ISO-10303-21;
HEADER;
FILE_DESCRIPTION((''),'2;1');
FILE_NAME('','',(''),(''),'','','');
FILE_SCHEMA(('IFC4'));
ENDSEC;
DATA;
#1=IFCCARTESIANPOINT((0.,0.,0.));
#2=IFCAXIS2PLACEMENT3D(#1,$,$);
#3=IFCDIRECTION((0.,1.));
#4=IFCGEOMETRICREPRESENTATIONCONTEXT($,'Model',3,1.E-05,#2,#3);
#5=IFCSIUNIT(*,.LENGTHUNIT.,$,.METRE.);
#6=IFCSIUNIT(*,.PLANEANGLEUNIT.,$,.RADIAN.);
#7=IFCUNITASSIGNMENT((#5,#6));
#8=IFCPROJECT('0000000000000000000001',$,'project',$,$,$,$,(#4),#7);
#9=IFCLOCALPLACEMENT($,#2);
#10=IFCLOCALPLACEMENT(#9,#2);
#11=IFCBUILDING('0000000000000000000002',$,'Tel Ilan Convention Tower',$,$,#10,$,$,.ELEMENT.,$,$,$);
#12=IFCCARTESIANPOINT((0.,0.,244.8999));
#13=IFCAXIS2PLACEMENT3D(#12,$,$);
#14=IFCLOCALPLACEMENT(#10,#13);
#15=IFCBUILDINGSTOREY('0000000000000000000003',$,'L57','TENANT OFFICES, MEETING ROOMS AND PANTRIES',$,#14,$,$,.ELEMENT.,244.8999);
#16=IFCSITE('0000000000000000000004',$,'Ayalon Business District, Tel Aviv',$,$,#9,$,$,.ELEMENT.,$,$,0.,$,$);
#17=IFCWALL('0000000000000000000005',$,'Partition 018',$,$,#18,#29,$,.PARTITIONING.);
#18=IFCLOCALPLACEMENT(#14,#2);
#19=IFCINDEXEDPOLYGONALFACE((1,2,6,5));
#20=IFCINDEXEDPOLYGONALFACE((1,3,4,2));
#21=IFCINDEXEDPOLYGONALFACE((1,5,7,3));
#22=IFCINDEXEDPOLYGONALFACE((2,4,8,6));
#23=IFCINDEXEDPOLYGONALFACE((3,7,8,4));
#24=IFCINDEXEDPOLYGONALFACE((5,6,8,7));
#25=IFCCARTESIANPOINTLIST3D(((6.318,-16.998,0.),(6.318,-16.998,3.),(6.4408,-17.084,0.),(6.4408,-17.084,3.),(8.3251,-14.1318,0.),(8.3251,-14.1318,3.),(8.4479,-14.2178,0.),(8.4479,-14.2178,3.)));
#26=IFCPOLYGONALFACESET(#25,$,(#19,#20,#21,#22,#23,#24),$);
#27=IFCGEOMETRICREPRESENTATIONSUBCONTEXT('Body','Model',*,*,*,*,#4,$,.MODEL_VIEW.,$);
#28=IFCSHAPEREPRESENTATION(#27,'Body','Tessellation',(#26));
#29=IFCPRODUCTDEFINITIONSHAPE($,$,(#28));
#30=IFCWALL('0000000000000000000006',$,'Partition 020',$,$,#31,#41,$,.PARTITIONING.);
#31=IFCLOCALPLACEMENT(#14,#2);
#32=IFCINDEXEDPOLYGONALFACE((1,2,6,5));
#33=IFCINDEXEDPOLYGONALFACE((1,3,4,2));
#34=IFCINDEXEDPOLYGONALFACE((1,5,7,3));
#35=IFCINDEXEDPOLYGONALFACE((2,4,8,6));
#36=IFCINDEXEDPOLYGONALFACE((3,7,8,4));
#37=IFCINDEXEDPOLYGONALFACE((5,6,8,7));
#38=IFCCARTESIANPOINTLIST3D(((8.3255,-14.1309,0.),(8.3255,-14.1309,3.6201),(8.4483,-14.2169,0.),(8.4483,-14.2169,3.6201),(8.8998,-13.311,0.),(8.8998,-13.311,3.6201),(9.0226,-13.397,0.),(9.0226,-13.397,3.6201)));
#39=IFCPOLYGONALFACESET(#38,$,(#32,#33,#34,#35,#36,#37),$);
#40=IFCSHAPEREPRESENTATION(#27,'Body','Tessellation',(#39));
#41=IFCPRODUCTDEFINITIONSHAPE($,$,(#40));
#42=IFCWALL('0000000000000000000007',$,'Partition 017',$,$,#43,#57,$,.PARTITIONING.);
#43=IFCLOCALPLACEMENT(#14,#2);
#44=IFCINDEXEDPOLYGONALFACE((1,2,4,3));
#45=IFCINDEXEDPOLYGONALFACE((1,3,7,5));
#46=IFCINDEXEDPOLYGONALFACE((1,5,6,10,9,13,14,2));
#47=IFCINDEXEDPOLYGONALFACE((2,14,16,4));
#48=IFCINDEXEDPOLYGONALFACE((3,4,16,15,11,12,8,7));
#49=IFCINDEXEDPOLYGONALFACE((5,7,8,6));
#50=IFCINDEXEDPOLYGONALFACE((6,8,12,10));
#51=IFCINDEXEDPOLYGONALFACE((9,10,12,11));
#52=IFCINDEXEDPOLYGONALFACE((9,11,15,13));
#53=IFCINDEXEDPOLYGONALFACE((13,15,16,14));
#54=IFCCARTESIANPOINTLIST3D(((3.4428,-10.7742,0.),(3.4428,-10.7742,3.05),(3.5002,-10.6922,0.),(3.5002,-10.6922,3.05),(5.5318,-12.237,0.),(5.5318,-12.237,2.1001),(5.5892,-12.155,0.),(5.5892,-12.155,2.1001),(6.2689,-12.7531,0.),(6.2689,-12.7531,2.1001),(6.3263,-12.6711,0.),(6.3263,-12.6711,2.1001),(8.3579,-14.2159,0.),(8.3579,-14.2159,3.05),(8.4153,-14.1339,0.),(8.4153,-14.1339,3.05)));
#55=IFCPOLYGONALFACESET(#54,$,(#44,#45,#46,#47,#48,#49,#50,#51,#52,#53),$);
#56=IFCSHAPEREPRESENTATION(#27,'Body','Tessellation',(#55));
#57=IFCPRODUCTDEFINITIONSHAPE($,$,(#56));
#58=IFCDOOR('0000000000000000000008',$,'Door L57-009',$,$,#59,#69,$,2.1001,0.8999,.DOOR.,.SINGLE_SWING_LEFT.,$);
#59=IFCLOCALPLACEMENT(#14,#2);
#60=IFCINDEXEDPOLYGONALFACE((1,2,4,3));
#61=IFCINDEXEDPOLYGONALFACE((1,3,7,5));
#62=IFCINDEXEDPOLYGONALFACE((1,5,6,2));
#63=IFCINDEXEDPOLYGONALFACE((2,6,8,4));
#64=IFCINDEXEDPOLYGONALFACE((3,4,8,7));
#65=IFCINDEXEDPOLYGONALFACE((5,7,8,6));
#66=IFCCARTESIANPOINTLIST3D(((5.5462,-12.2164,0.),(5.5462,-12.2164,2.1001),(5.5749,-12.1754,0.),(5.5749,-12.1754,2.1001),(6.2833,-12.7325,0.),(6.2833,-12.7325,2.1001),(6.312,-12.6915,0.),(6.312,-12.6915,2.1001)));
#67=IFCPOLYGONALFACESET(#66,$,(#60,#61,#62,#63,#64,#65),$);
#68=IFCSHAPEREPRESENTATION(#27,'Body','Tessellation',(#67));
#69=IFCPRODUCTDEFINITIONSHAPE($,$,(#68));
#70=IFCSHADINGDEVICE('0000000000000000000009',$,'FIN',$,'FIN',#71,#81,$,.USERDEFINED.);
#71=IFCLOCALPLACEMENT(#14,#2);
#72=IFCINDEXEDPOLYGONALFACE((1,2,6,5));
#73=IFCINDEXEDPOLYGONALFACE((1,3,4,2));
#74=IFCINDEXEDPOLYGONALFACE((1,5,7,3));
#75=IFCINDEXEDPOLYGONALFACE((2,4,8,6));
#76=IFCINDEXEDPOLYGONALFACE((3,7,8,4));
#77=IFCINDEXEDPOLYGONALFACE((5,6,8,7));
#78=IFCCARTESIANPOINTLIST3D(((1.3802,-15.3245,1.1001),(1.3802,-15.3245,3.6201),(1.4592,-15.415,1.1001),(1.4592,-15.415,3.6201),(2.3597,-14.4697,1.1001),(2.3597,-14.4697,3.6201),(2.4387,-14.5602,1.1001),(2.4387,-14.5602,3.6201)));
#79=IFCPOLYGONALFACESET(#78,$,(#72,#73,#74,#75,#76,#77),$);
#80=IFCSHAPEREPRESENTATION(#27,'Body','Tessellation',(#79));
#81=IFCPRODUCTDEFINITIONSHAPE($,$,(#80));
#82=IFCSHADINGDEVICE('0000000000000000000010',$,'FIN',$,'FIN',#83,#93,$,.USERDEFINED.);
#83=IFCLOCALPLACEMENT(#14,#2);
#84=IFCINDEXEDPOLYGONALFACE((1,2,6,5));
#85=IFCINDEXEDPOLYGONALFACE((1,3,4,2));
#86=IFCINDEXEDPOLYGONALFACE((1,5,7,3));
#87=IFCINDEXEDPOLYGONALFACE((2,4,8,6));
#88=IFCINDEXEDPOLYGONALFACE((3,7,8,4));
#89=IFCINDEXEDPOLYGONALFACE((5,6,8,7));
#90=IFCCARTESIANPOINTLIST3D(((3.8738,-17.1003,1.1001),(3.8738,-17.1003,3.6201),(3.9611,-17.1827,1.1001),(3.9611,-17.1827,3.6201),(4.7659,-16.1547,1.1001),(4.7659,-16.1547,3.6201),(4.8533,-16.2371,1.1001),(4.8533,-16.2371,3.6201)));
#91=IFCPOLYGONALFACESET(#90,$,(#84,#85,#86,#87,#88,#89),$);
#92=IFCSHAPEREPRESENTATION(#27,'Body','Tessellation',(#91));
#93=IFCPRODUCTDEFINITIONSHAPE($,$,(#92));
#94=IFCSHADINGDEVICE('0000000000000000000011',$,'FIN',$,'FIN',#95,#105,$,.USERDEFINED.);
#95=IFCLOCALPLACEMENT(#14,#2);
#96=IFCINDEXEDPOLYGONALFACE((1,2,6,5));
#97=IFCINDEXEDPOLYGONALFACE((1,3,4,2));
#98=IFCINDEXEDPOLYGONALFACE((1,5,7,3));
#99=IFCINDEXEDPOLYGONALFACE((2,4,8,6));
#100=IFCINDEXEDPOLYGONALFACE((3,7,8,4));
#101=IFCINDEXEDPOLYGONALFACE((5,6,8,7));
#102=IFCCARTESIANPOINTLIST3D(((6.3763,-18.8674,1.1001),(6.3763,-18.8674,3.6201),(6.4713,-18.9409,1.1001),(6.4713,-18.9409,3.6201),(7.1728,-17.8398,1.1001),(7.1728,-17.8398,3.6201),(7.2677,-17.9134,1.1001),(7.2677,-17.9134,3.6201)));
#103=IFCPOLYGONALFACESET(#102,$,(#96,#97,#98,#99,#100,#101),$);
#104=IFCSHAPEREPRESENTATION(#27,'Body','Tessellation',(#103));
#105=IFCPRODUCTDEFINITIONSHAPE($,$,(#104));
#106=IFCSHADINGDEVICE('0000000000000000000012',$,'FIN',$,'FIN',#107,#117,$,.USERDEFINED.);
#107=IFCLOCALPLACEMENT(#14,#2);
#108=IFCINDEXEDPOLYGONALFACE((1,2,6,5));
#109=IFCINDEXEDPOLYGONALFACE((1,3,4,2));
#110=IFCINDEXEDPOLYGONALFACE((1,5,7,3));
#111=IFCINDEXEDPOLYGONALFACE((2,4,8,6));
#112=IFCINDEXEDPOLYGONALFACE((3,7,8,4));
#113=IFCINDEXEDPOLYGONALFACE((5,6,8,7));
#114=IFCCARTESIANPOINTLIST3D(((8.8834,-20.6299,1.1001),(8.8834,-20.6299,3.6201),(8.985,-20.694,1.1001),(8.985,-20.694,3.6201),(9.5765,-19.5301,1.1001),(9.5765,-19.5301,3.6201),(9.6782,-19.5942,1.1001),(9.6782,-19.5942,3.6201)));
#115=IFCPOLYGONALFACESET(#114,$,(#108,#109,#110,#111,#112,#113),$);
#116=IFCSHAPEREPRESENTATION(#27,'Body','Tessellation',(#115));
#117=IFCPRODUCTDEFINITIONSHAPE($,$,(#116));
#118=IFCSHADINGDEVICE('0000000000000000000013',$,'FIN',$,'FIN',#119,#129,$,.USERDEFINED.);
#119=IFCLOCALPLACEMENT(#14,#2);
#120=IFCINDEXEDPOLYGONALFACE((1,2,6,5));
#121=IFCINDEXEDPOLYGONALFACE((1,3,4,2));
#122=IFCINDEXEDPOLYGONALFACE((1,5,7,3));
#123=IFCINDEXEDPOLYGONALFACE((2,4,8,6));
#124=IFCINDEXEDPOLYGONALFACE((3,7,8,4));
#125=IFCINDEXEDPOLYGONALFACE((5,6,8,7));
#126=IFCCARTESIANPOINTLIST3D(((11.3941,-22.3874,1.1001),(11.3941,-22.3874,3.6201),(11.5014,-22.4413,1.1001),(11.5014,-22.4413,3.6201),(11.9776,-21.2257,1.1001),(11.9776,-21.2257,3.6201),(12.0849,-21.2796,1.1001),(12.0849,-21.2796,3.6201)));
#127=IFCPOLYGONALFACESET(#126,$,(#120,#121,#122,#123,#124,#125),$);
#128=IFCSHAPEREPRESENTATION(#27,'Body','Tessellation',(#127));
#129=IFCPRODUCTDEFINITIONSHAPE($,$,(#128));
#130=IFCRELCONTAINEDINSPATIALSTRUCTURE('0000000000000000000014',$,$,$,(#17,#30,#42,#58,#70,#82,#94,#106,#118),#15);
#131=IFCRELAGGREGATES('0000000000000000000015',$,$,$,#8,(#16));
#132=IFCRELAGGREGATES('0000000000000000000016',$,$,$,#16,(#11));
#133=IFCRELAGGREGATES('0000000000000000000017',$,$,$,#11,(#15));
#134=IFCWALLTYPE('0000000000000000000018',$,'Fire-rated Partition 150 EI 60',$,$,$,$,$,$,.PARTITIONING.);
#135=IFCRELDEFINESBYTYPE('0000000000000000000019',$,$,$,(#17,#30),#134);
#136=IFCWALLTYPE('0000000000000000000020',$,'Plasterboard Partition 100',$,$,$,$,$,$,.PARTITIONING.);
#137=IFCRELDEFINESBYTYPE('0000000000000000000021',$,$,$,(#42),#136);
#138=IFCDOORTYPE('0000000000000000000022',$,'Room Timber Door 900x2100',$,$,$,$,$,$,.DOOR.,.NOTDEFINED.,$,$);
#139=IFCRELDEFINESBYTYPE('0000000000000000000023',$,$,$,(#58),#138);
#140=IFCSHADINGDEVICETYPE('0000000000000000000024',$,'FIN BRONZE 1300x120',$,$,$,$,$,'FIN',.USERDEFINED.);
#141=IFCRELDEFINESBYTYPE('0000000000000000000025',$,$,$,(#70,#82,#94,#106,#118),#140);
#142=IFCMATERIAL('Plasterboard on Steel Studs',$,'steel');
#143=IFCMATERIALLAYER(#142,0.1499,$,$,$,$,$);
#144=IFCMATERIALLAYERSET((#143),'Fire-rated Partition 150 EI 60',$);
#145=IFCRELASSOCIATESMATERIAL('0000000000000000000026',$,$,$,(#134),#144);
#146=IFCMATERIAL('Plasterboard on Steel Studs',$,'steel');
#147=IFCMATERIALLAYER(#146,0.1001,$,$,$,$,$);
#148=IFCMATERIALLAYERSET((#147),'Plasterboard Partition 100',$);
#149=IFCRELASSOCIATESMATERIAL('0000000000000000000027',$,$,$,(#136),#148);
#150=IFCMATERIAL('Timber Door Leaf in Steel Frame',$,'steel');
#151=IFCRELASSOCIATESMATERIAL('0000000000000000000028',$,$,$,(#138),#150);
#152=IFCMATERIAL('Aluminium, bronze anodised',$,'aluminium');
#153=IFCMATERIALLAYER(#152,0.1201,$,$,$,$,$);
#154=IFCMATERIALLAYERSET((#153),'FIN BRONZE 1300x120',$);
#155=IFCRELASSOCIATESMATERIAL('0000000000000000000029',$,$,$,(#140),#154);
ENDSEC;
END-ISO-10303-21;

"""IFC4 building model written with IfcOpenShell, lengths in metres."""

from ifc_helpers import new_model, si_unit, direction, frame, frame_2d, origin, origin_2d, place, context, subcontext, project, spatial, rectangle, extrude, material, layer, layer_set, type_object, element, fill, save


model = new_model("IFC4")

# Units and contexts
model_context = context("Model", 3, precision=1e-05, world=origin(), true_north=direction((0.0, 1.0)))
body_context = subcontext(model_context, "Body", "Model", "MODEL_VIEW")
ifc_project = project(units=[si_unit("LENGTHUNIT", "METRE"), si_unit("PLANEANGLEUNIT", "RADIAN")], contexts=[model_context])

# Site, building, storey
site_placement = place(None, origin())
site = spatial("IfcSite", under=ifc_project, at=site_placement, Name="Ayalon Business District, Tel Aviv", CompositionType="ELEMENT", RefElevation=0.0)
building_placement = place(site_placement, origin())
building = spatial("IfcBuilding", under=site, at=building_placement, Name="Tel Ilan Convention Tower", CompositionType="ELEMENT")
storey_placement = place(building_placement, frame((0.0, 0.0, 244.8999)))
storey = spatial("IfcBuildingStorey", under=building, at=storey_placement, Name="L57", Description="TENANT OFFICES, MEETING ROOMS AND PANTRIES", CompositionType="ELEMENT", Elevation=244.8999)

# Walls
ifc_material_1 = material(Name="Plasterboard on Steel Studs", Category="steel")
ifc_layer_1 = layer(ifc_material_1, 0.1499)
ifc_layer_set_1 = layer_set([ifc_layer_1], Name="Fire-rated Partition 150 EI 60")
wall_type_1 = type_object("IfcWallType", Name="Fire-rated Partition 150 EI 60", PredefinedType="PARTITIONING", material=ifc_layer_set_1)
wall_1_placement = place(storey_placement, frame((8.3865, -14.1748, 0.0), z_axis=(0.0, 0.0, 1.0), x_axis=(-0.573603, -0.819134, 0.0)))
element("IfcWall", 1, at=wall_1_placement, inside=storey, type_object=wall_type_1, Name="Partition 018", PredefinedType="PARTITIONING", context=body_context, shape_type="SweptSolid", body=[
    extrude(rectangle(XDim=3.499, YDim=0.1499, at=frame_2d((1.7495, 0.0))), origin(), (0.0, 0.0, 1.0), 3.0),
])
wall_2_placement = place(storey_placement, frame((8.9612, -13.354, 0.0), z_axis=(0.0, 0.0, 1.0), x_axis=(-0.573692, -0.819071, 0.0)))
element("IfcWall", 2, at=wall_2_placement, inside=storey, type_object=wall_type_1, Name="Partition 020", PredefinedType="PARTITIONING", context=body_context, shape_type="SweptSolid", body=[
    extrude(rectangle(XDim=1.001, YDim=0.1499, at=frame_2d((0.5005, 0.0))), origin(), (0.0, 0.0, 1.0), 3.6201),
])

# Wall, opening, door
ifc_material_2 = material(Name="Plasterboard on Steel Studs", Category="steel")
ifc_layer_2 = layer(ifc_material_2, 0.1001)
ifc_layer_set_2 = layer_set([ifc_layer_2], Name="Plasterboard Partition 100")
wall_type_2 = type_object("IfcWallType", Name="Plasterboard Partition 100", PredefinedType="PARTITIONING", material=ifc_layer_set_2)
wall_3_placement = place(storey_placement, frame((8.3865, -14.1748, 0.0), z_axis=(0.0, 0.0, 1.0), x_axis=(-0.819144, 0.573588, 0.0)))
wall_3 = element("IfcWall", 3, at=wall_3_placement, inside=storey, type_object=wall_type_2, Name="Partition 017", PredefinedType="PARTITIONING", context=body_context, shape_type="SweptSolid", body=[
    extrude(rectangle(XDim=6.0002, YDim=0.1001, at=frame_2d((3.0, 0.0))), origin(), (0.0, 0.0, 1.0), 3.05),
])
opening_placement = place(wall_3_placement, frame((2.55, 0.0, 0.0)))
opening = element("IfcOpeningElement", 4, at=opening_placement, cuts=wall_3, PredefinedType="OPENING", context=body_context, shape_type="SweptSolid", body=[
    extrude(rectangle(XDim=0.8999, YDim=2.1001, at=frame_2d((0.45, 1.05))), frame((0.0, 0.0601, 0.0), z_axis=(0.0, -1.0, 0.0), x_axis=(1.0, 0.0, 0.0)), (0.0, 0.0, 1.0), 0.1201),
])
ifc_material_3 = material(Name="Timber Door Leaf in Steel Frame", Category="steel")
door_type = type_object("IfcDoorType", Name="Room Timber Door 900x2100", OperationType="NOTDEFINED", PredefinedType="DOOR", material=ifc_material_3)
door_placement = place(opening_placement, origin())
door = element("IfcDoor", 5, at=door_placement, inside=storey, type_object=door_type, Name="Door L57-009", OperationType="SINGLE_SWING_LEFT", OverallHeight=2.1001, OverallWidth=0.8999, PredefinedType="DOOR", context=body_context, shape_type="SweptSolid", body=[
    extrude(rectangle(XDim=0.8999, YDim=2.1001, at=frame_2d((0.45, 1.05))), frame((0.0, 0.0249, 0.0), z_axis=(0.0, -1.0, 0.0), x_axis=(1.0, 0.0, 0.0)), (0.0, 0.0, 1.0), 0.05),
])
fill(opening, door)

# Shading devices
ifc_material_4 = material(Name="Aluminium, bronze anodised", Category="aluminium")
ifc_layer_3 = layer(ifc_material_4, 0.1201)
ifc_layer_set_3 = layer_set([ifc_layer_3], Name="FIN BRONZE 1300x120")
shading_device_type = type_object("IfcShadingDeviceType", Name="FIN BRONZE 1300x120", ElementType="FIN", PredefinedType="USERDEFINED", material=ifc_layer_set_3)
for number, where, z_axis, x_axis, name in (
    (6, (1.9094, -14.9424, 1.1001), (0.0, 0.0, 1.0), (-0.753436, -0.657521, 0.0), "FIN"),
    (7, (4.3635, -16.6687, 1.1001), (0.0, 0.0, 1.0), (-0.686242, -0.727374, 0.0), "FIN"),
    (8, (6.822, -18.3904, 1.1001), (0.0, 0.0, 1.0), (-0.612601, -0.790393, 0.0), "FIN"),
    (9, (9.2808, -20.1121, 1.1001), (0.0, 0.0, 1.0), (-0.533204, -0.845986, 0.0), "FIN"),
    (10, (11.7395, -21.8335, 1.1001), (0.0, 0.0, 1.0), (-0.448799, -0.893633, 0.0), "FIN"),
):
    element("IfcShadingDevice", number, at=place(storey_placement, frame(where, z_axis=z_axis, x_axis=x_axis)), inside=storey, type_object=shading_device_type, Name=name, ObjectType="FIN", PredefinedType="USERDEFINED", context=body_context, shape_type="SweptSolid", body=[
        extrude(rectangle(XDim=1.3, YDim=0.1201, at=origin_2d()), origin(), (0.0, 0.0, 1.0), 2.52),
    ])

save(model, "model.ifc")
